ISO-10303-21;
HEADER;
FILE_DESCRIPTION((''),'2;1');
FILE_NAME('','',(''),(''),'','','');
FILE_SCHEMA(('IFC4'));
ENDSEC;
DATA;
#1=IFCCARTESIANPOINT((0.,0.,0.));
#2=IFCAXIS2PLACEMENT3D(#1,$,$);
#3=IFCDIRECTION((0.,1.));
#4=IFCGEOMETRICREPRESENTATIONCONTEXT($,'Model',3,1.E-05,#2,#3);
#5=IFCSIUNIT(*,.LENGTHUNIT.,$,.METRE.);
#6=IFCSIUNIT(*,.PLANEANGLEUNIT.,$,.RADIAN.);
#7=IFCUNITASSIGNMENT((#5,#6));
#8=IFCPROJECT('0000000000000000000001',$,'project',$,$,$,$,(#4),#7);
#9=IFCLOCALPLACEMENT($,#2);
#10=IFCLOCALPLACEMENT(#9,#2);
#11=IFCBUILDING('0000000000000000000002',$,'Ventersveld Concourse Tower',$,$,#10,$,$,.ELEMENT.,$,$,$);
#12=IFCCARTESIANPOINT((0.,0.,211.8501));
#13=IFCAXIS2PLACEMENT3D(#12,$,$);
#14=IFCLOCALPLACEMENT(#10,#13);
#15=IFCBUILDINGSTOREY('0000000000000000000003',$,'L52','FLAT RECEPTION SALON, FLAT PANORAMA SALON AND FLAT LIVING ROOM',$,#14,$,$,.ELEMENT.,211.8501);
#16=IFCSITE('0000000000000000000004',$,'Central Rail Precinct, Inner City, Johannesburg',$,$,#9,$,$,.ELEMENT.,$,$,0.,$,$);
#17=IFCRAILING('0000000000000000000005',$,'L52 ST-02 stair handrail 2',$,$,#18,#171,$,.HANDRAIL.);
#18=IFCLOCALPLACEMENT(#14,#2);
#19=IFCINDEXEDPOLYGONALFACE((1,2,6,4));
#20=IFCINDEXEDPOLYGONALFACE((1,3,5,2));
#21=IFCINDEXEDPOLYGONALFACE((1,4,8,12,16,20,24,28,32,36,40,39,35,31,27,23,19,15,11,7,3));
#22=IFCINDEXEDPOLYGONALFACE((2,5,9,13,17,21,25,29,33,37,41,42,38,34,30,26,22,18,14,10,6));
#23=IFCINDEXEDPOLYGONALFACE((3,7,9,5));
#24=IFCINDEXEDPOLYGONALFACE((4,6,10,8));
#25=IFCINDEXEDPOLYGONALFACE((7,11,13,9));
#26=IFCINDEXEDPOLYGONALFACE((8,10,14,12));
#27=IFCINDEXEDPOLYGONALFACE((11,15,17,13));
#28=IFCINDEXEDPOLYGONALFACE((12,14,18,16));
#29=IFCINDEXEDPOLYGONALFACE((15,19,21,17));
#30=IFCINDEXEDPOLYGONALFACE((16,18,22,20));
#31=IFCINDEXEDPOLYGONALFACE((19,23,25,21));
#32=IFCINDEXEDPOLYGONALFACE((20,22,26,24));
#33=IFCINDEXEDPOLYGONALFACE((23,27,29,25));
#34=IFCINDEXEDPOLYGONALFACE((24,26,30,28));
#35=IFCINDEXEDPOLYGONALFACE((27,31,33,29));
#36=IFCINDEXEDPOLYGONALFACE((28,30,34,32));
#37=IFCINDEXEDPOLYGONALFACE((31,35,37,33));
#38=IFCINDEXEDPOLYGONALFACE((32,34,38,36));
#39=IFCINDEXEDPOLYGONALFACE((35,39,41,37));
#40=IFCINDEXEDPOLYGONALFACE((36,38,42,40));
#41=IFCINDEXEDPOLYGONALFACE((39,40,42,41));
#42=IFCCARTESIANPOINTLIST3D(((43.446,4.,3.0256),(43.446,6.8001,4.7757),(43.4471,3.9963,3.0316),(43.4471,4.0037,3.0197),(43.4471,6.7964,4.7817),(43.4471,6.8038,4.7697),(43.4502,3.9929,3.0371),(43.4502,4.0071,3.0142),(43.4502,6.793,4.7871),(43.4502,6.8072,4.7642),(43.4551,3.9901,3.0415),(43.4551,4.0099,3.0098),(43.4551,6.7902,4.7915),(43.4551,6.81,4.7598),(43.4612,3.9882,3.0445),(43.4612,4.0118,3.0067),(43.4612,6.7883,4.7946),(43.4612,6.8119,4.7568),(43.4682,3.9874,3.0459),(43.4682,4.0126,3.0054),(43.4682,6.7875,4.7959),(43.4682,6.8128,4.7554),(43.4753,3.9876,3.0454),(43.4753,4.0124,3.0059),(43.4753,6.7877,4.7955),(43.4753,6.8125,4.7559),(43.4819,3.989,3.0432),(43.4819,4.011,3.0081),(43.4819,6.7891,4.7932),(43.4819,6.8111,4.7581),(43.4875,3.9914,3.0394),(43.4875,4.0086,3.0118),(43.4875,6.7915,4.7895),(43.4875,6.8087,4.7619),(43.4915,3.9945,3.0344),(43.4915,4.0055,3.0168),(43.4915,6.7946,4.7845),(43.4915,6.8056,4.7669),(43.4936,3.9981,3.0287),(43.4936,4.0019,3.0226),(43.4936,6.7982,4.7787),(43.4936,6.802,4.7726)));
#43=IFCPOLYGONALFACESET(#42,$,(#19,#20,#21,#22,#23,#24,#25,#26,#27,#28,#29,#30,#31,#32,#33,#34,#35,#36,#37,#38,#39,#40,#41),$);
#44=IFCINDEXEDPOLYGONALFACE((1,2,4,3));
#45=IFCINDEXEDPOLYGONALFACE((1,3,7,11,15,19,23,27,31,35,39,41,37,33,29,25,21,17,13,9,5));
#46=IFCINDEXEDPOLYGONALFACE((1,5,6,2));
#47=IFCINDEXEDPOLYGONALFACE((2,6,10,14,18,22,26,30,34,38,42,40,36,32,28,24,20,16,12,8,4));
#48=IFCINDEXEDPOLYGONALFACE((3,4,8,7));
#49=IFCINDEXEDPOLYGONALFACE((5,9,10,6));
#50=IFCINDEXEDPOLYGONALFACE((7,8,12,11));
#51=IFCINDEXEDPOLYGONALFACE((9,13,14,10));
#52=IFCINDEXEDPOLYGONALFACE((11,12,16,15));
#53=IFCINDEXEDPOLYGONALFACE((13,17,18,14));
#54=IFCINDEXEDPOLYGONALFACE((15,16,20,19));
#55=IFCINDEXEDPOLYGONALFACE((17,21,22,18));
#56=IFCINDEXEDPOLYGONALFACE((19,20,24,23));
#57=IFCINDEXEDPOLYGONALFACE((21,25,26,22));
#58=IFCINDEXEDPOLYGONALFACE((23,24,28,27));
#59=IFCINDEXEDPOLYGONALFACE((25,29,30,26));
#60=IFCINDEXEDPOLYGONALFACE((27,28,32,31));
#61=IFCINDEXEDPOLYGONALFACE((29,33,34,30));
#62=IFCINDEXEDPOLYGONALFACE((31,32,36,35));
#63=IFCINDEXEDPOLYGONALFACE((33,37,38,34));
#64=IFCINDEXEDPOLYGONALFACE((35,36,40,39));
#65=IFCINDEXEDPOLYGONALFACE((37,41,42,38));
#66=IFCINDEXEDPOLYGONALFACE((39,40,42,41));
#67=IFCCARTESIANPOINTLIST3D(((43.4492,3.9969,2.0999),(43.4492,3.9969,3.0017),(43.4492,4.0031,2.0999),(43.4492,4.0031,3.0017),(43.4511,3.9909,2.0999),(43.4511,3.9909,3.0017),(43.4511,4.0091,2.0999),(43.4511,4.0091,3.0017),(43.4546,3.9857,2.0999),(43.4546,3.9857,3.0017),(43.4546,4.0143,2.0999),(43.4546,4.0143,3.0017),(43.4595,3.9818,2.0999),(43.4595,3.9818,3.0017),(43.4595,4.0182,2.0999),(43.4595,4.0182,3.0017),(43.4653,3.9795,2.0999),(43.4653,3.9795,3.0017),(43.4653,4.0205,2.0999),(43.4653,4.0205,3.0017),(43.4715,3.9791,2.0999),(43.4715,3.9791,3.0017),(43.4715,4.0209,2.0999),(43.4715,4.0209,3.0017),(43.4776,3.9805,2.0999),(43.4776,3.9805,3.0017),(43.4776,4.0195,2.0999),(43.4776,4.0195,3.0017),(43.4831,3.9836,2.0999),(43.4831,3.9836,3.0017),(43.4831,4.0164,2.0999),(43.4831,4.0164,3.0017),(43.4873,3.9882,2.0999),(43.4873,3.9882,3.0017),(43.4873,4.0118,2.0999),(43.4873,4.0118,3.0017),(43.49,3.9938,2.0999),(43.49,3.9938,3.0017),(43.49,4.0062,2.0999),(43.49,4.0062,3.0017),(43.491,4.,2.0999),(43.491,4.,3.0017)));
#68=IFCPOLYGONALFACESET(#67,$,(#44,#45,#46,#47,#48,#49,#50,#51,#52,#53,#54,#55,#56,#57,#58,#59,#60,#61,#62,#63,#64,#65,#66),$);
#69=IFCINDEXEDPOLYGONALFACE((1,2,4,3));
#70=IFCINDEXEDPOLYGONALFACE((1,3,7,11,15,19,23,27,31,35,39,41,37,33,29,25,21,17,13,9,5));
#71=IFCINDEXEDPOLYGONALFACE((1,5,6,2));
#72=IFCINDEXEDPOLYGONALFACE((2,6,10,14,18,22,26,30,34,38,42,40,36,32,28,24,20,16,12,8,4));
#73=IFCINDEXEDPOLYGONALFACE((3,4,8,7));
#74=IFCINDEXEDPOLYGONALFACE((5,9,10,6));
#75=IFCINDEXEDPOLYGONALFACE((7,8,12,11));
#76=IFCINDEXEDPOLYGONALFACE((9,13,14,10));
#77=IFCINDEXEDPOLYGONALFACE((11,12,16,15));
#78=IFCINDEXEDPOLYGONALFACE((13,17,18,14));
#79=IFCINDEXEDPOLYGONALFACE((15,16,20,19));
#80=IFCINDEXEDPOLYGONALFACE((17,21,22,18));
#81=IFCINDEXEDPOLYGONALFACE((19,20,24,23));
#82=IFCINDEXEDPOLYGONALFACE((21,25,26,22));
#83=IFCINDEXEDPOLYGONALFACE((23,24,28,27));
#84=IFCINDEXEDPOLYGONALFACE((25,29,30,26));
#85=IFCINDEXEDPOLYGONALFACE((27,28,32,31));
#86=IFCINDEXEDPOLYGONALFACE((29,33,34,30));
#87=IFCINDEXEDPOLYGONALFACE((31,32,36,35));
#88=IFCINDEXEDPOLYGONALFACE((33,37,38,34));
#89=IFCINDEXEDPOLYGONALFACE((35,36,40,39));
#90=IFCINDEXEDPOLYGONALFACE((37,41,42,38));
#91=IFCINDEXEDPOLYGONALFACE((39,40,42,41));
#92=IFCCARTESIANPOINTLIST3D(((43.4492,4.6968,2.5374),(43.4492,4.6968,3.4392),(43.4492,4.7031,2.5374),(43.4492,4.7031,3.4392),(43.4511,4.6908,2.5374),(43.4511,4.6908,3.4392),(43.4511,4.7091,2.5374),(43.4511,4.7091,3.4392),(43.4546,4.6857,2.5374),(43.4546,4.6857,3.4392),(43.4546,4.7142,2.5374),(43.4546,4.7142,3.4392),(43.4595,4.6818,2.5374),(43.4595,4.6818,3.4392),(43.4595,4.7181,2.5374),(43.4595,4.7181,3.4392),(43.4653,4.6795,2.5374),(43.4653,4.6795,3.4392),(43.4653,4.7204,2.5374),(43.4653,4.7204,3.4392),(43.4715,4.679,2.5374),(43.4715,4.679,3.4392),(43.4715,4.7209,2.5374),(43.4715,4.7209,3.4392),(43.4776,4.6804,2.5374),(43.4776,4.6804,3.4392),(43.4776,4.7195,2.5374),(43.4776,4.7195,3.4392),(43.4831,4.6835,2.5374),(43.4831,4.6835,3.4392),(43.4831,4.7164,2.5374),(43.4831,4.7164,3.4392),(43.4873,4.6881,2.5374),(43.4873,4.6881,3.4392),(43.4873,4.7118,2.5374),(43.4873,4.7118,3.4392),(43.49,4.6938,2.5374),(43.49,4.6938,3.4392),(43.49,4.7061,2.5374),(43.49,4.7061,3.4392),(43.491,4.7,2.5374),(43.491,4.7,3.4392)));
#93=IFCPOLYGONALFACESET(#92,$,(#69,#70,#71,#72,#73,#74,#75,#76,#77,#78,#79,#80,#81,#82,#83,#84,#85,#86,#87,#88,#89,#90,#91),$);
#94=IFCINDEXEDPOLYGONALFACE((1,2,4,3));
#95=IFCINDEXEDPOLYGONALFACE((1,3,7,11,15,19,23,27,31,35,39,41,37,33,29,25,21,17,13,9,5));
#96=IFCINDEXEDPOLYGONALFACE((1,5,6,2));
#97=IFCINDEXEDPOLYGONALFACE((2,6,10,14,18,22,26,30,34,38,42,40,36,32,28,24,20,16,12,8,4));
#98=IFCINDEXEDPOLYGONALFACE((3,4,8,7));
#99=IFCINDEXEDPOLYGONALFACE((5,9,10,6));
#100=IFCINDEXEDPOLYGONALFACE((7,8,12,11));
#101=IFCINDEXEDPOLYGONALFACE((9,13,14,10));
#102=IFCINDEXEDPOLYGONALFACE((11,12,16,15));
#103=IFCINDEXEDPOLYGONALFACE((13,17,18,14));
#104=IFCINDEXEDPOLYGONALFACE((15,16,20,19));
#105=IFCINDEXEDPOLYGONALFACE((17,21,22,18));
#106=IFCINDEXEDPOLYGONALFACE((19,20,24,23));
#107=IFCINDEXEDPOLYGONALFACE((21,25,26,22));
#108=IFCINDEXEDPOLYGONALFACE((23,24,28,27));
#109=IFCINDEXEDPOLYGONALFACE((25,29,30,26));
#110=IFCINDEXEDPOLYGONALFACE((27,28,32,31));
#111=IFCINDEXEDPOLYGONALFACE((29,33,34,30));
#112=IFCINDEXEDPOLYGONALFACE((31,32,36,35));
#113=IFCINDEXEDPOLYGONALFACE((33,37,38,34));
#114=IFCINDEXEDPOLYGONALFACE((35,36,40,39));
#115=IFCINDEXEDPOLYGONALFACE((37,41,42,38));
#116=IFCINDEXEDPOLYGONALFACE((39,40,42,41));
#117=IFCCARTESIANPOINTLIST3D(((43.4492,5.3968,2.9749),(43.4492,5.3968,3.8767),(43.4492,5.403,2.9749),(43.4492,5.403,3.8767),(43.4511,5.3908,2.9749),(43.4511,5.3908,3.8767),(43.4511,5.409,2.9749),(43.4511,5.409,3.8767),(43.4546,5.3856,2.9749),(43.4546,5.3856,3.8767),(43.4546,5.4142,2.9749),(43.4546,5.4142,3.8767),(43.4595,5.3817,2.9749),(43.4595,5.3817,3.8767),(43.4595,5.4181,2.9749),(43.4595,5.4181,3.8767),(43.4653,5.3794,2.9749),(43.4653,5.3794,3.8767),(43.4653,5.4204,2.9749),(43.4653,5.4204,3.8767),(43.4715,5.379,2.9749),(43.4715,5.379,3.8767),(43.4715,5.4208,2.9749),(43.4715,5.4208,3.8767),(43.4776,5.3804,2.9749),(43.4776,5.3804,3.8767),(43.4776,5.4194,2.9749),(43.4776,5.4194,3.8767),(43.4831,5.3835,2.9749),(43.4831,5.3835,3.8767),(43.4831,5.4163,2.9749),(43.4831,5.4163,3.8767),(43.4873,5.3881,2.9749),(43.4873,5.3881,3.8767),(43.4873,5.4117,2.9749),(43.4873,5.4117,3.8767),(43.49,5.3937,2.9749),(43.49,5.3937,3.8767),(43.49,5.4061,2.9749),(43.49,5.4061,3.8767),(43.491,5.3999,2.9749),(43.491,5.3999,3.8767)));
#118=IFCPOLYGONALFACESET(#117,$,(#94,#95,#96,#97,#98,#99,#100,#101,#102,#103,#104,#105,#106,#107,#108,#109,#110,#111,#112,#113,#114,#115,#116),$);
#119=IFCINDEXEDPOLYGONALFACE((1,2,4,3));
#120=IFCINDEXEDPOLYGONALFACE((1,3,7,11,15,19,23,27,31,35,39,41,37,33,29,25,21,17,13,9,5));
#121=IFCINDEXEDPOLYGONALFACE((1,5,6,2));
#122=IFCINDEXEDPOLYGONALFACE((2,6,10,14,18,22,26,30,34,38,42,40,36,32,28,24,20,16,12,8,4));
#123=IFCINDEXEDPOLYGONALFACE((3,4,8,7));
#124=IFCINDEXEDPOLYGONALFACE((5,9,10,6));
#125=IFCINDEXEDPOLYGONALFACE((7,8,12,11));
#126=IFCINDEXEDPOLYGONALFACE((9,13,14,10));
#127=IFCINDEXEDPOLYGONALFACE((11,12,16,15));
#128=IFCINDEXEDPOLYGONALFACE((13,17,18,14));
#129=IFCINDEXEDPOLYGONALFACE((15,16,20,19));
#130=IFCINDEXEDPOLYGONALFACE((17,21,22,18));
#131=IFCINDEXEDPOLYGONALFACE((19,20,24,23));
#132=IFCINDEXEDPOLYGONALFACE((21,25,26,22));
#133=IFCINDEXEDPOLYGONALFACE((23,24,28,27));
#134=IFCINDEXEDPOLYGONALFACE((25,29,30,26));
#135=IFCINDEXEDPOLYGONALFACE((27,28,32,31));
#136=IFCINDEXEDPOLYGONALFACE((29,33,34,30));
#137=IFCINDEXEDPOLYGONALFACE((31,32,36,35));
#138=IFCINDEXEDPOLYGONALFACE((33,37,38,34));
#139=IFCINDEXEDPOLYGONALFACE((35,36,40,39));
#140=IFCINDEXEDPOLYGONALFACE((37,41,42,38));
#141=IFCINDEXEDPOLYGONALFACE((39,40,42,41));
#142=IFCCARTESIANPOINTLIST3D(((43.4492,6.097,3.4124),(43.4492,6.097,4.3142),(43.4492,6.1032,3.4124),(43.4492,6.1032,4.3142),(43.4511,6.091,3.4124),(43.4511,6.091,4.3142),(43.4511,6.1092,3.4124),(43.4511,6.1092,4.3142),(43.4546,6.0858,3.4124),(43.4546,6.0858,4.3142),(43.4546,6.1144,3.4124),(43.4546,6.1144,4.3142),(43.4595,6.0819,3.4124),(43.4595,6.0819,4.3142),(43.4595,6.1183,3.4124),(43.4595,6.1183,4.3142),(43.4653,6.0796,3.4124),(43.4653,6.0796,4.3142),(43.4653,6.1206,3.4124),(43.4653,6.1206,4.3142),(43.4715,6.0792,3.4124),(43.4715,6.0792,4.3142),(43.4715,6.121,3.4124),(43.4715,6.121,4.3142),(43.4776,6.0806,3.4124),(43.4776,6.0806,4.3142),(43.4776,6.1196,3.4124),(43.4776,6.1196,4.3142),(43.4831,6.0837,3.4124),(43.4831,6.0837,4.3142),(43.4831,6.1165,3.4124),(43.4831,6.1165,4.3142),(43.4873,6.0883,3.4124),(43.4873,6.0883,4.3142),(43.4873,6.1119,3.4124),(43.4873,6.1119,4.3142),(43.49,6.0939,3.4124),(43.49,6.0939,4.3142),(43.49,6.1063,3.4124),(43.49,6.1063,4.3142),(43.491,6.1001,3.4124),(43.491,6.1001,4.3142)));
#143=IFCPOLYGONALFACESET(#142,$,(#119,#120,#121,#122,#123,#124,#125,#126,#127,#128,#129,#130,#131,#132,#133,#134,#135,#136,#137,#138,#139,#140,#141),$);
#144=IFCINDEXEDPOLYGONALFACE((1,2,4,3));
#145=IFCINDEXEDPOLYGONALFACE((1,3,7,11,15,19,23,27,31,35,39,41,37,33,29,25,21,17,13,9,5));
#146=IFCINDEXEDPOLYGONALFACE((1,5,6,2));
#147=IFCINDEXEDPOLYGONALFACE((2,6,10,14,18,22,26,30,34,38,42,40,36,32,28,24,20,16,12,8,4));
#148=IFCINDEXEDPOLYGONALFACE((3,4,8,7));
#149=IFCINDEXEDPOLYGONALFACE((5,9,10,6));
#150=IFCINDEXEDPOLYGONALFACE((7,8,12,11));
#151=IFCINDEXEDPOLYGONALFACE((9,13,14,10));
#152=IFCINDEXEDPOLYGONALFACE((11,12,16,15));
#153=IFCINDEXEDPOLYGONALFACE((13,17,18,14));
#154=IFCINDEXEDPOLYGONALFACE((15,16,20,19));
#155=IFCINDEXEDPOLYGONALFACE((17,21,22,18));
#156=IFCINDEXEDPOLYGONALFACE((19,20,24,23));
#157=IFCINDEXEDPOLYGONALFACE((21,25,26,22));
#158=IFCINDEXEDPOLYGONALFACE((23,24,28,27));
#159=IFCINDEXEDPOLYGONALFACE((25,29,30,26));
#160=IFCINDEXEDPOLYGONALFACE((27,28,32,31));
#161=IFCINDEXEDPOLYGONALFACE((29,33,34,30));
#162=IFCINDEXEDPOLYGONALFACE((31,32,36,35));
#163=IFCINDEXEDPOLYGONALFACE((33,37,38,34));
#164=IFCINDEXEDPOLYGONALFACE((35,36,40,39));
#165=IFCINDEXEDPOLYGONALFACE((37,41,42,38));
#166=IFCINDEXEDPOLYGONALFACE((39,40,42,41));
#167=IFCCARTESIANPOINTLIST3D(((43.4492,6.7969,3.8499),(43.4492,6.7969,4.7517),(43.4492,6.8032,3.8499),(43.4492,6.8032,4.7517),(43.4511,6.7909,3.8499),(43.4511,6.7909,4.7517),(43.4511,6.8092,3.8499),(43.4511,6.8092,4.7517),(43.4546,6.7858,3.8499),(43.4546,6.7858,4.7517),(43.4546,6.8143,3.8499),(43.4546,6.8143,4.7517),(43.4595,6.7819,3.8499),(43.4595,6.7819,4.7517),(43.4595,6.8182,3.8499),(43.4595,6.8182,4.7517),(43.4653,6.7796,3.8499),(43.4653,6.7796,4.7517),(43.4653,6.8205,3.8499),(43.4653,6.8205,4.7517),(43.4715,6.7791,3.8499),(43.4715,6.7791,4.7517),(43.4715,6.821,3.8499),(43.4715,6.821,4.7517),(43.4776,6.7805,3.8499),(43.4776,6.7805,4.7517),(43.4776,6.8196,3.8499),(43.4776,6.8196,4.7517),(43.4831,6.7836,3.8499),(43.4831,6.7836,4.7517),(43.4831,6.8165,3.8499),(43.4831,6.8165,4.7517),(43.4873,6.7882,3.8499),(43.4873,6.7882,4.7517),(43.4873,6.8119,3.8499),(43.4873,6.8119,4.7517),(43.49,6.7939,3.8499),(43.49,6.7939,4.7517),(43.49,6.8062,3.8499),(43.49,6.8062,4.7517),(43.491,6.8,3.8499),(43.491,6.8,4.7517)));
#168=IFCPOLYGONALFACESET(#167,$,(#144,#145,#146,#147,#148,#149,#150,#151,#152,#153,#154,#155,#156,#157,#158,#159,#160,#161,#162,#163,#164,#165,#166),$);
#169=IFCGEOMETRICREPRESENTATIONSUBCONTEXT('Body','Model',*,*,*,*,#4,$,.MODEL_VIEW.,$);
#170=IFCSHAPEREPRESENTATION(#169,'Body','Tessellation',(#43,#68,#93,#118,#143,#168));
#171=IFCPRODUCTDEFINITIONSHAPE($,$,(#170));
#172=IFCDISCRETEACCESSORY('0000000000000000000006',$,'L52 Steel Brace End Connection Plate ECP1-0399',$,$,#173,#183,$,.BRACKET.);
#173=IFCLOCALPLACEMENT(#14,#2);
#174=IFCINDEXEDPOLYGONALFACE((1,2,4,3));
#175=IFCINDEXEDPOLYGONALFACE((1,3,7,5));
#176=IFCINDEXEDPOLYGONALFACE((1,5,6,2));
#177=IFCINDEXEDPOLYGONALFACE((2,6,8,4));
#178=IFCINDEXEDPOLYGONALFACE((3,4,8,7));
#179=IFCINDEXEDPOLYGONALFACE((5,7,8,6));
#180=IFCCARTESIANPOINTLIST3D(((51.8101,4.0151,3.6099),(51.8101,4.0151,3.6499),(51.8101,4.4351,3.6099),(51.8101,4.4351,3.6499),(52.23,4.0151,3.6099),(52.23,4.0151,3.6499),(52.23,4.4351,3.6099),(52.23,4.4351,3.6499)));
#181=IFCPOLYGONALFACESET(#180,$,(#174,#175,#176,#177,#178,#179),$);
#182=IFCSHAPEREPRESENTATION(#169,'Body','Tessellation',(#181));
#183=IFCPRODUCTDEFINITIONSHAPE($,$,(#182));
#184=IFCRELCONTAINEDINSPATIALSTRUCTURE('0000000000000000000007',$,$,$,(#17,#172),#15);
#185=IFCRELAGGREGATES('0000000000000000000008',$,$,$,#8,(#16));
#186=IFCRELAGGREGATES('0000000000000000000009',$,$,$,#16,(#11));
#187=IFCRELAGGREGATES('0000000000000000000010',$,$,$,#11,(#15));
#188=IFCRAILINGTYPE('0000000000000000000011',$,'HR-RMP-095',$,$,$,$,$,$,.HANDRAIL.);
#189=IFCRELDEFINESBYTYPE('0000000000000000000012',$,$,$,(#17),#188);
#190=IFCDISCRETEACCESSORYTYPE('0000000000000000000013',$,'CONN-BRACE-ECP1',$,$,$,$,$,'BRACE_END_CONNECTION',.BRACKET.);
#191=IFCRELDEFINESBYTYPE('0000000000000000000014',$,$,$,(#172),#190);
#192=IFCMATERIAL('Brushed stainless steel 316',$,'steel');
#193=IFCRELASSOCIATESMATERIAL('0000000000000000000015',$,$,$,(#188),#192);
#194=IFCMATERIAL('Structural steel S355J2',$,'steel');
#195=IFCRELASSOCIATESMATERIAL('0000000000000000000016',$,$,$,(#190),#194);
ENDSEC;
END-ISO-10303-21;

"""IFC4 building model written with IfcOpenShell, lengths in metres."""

from ifc_helpers import new_model, si_unit, direction, frame, origin, origin_2d, place, context, subcontext, project, spatial, rectangle, circle, extrude, material, type_object, element, save


model = new_model("IFC4")

# Units and contexts
model_context = context("Model", 3, precision=1e-05, world=origin(), true_north=direction((0.0, 1.0)))
body_context = subcontext(model_context, "Body", "Model", "MODEL_VIEW")
ifc_project = project(units=[si_unit("LENGTHUNIT", "METRE"), si_unit("PLANEANGLEUNIT", "RADIAN")], contexts=[model_context])

# Site, building, storey
site_placement = place(None, origin())
site = spatial("IfcSite", under=ifc_project, at=site_placement, Name="Central Rail Precinct, Inner City, Johannesburg", CompositionType="ELEMENT", RefElevation=0.0)
building_placement = place(site_placement, origin())
building = spatial("IfcBuilding", under=site, at=building_placement, Name="Ventersveld Concourse Tower", CompositionType="ELEMENT")
storey_placement = place(building_placement, frame((0.0, 0.0, 211.8501)))
storey = spatial("IfcBuildingStorey", under=building, at=storey_placement, Name="L52", Description="FLAT RECEPTION SALON, FLAT PANORAMA SALON AND FLAT LIVING ROOM", CompositionType="ELEMENT", Elevation=211.8501)

# Shared definitions
ifc_material_1 = material(Name="Structural steel S355J2", Category="steel")

# Railing
ifc_material_2 = material(Name="Brushed stainless steel 316", Category="steel")
railing_type = type_object("IfcRailingType", Name="HR-RMP-095", PredefinedType="HANDRAIL", material=ifc_material_2)
railing_placement = place(storey_placement, frame((43.47, 4.0, 2.0999)))
element("IfcRailing", 1, at=railing_placement, inside=storey, type_object=railing_type, Name="L52 ST-02 stair handrail 2", PredefinedType="HANDRAIL", context=body_context, shape_type="SweptSolid", body=[
    extrude(circle(Radius=0.0239, at=origin_2d()), frame((0.0, 0.0, 0.9258), z_axis=(0.0, 0.848002, 0.529992), x_axis=(-1.0, 0.0, 0.0)), (0.0, 0.0, 1.0), 3.302),
    extrude(circle(Radius=0.021, at=origin_2d()), origin(), (0.0, 0.0, 1.0), 0.9019),
    extrude(circle(Radius=0.021, at=origin_2d()), frame((0.0, 0.7, 0.4375)), (0.0, 0.0, 1.0), 0.9019),
    extrude(circle(Radius=0.021, at=origin_2d()), frame((0.0, 1.3999, 0.875)), (0.0, 0.0, 1.0), 0.9019),
    extrude(circle(Radius=0.021, at=origin_2d()), frame((0.0, 2.1001, 1.3125)), (0.0, 0.0, 1.0), 0.9019),
    extrude(circle(Radius=0.021, at=origin_2d()), frame((0.0, 2.8, 1.75)), (0.0, 0.0, 1.0), 0.9019),
])

# Discrete accessory
discrete_accessory_type = type_object("IfcDiscreteAccessoryType", Name="CONN-BRACE-ECP1", ElementType="BRACE_END_CONNECTION", PredefinedType="BRACKET", material=ifc_material_1)
discrete_accessory_placement = place(storey_placement, frame((52.02, 4.2251, 3.6099), z_axis=(0.0, 0.0, 1.0), x_axis=(1.0, 0.0, 0.0)))
element("IfcDiscreteAccessory", 2, at=discrete_accessory_placement, inside=storey, type_object=discrete_accessory_type, Name="L52 Steel Brace End Connection Plate ECP1-0399", PredefinedType="BRACKET", context=body_context, shape_type="SweptSolid", body=[
    extrude(rectangle(XDim=0.4199, YDim=0.4199, at=origin_2d()), origin(), (0.0, 0.0, 1.0), 0.04),
])

save(model, "model.ifc")
